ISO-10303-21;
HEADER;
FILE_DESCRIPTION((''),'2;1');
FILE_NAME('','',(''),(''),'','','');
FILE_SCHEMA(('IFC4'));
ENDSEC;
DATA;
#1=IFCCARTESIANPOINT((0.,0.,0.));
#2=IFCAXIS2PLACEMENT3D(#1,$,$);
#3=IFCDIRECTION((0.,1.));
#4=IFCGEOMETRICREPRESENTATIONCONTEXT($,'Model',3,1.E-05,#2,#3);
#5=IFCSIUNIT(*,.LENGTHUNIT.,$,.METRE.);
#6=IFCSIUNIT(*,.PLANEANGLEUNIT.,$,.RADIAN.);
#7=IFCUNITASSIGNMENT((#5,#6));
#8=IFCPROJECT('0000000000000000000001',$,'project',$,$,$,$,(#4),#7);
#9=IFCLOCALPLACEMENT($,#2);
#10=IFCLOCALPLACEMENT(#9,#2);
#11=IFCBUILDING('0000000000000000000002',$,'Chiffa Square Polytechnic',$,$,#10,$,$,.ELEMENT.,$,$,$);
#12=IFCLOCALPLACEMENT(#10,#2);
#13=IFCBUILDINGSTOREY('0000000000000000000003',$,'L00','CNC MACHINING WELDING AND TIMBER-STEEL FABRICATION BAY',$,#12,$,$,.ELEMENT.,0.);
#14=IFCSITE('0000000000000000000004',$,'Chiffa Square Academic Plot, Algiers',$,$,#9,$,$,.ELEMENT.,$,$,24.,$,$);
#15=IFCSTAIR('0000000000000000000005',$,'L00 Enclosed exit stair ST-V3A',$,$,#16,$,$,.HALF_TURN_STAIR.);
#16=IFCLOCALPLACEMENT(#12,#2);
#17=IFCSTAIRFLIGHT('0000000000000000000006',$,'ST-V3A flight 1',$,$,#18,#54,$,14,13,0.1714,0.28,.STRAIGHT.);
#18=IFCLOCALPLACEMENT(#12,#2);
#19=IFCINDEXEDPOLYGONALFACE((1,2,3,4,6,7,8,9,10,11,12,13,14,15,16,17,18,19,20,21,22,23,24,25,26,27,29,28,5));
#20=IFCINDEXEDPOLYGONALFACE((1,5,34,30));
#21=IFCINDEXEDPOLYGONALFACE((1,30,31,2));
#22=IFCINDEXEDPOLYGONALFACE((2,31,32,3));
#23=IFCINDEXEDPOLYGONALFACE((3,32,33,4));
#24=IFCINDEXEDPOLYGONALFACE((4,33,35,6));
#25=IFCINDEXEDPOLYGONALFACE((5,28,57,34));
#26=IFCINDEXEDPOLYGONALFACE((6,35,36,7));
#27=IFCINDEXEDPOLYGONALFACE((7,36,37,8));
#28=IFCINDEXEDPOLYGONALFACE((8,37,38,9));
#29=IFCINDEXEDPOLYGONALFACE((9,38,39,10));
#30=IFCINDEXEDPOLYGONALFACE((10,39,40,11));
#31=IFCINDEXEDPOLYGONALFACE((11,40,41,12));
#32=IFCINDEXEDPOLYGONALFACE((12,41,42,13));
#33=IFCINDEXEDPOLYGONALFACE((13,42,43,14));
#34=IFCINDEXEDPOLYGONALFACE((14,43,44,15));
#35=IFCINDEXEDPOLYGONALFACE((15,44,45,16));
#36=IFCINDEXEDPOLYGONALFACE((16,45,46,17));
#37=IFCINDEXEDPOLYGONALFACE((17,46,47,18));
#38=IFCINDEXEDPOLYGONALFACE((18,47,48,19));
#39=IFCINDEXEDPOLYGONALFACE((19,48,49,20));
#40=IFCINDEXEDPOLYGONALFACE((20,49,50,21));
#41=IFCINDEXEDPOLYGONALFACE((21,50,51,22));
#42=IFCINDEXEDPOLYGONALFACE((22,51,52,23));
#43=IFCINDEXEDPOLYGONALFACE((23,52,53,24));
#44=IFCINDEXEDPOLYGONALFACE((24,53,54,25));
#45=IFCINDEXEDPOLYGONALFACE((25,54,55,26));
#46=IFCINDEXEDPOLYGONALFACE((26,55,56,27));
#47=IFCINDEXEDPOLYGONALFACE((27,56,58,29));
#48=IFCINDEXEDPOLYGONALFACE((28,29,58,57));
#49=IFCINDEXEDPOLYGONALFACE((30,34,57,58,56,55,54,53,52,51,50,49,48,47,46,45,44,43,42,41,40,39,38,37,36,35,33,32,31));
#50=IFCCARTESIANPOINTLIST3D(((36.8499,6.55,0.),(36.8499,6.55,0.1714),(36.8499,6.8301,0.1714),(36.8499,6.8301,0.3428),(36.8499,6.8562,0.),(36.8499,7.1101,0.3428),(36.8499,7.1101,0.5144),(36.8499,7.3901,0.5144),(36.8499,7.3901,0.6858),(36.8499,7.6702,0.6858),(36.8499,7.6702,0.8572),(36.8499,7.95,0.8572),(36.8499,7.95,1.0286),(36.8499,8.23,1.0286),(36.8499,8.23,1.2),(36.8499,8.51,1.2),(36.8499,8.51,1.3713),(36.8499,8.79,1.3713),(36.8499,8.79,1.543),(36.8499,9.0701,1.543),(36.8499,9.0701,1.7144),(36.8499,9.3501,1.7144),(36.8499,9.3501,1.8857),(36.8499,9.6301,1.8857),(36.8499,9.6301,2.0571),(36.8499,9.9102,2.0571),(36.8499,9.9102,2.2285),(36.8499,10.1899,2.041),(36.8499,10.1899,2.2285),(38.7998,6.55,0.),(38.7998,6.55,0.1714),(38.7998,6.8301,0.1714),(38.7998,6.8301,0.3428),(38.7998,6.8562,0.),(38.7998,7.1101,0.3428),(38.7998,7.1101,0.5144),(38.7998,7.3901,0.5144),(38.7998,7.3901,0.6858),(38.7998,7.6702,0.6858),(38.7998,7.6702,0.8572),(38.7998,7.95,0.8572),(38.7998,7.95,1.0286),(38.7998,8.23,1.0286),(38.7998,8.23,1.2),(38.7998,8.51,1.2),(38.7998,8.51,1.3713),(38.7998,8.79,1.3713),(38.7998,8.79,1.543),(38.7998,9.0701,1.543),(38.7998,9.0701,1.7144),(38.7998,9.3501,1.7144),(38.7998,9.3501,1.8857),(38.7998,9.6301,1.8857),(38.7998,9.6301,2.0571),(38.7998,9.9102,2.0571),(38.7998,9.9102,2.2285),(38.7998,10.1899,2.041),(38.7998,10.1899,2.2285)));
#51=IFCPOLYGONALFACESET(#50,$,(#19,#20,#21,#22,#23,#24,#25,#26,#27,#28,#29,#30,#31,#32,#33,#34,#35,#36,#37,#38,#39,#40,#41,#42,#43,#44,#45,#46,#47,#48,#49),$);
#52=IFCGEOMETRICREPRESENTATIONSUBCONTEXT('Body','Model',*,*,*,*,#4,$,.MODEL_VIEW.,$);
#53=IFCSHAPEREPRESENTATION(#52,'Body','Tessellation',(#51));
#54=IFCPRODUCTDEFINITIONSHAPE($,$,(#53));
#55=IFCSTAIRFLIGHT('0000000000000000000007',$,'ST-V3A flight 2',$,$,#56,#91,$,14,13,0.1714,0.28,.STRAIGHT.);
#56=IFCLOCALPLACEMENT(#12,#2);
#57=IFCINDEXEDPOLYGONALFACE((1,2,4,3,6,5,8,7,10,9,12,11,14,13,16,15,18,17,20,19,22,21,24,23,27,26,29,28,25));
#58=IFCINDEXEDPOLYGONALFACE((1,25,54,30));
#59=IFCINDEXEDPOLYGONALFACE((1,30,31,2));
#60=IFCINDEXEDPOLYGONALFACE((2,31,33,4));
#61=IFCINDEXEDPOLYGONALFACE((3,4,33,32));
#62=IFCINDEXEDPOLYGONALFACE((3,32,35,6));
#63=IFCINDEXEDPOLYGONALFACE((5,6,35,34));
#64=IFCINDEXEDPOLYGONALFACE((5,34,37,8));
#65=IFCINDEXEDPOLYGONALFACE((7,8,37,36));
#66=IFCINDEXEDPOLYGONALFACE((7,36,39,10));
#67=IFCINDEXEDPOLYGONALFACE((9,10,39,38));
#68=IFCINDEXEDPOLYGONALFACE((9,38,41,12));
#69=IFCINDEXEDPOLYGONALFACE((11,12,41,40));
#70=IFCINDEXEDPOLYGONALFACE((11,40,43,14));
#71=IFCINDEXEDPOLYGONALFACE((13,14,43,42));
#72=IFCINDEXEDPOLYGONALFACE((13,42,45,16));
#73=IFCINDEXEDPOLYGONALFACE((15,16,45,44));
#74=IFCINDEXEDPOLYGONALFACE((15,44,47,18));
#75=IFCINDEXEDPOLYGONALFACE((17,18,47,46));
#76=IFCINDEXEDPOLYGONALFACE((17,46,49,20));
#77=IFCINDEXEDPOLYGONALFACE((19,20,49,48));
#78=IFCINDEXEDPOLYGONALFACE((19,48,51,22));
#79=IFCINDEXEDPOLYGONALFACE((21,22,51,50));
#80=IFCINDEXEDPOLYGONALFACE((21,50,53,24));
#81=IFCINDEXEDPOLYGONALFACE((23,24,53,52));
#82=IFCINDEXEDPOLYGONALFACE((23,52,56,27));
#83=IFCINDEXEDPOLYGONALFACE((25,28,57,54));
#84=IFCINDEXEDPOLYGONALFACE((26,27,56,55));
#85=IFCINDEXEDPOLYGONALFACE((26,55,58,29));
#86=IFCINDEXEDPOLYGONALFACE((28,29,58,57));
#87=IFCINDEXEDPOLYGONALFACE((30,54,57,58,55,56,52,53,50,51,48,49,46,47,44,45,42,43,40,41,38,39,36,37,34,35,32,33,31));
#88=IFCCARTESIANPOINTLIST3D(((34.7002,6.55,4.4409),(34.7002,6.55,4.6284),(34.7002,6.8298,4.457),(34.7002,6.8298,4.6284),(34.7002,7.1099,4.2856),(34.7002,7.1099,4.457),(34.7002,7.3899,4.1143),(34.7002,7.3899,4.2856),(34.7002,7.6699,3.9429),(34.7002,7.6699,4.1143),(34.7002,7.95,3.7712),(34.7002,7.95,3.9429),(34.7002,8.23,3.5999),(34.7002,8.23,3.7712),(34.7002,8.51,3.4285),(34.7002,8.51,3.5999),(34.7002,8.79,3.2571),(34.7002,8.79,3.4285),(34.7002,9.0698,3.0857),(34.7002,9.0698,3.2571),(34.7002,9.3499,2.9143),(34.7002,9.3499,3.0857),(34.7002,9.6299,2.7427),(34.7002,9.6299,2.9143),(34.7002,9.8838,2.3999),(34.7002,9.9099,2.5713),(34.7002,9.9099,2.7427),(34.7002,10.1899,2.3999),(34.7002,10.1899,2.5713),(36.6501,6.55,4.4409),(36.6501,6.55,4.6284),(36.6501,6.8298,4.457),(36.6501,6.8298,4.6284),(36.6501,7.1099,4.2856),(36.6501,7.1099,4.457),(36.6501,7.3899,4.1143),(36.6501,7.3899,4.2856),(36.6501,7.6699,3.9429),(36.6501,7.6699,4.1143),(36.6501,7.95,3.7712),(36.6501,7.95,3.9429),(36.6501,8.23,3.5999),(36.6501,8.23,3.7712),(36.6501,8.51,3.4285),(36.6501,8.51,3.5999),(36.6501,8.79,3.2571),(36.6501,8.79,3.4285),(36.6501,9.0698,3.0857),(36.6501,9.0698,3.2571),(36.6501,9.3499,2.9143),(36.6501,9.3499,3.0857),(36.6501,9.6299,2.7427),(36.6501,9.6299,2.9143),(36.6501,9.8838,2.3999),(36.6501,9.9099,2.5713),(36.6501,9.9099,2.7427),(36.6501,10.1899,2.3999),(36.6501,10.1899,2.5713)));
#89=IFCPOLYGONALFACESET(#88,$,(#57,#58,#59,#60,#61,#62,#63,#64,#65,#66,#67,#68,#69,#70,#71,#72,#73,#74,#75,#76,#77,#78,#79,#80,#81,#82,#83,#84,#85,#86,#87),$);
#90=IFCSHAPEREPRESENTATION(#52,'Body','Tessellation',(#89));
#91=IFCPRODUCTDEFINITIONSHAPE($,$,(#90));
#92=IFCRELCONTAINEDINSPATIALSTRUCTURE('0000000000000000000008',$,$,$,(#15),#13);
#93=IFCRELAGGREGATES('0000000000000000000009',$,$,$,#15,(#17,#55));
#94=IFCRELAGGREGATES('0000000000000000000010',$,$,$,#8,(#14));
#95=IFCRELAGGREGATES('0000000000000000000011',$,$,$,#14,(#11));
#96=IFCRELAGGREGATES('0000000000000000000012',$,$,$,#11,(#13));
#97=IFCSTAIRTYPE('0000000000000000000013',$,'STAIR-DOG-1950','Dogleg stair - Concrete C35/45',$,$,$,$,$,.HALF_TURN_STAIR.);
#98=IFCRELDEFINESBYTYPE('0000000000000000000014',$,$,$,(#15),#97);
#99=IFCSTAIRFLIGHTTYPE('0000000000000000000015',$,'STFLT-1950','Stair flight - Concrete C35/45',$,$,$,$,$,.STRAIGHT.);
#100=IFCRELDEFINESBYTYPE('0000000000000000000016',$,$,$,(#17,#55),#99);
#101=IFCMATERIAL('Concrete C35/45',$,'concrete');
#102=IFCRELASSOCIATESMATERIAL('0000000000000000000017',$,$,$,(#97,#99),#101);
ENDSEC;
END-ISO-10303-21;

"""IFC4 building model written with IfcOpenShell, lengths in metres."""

from ifc_helpers import new_model, si_unit, direction, frame, origin, place, context, subcontext, project, spatial, polyline, outline, extrude, material, type_object, element, aggregate, save


model = new_model("IFC4")

# Units and contexts
model_context = context("Model", 3, precision=1e-05, world=origin(), true_north=direction((0.0, 1.0)))
body_context = subcontext(model_context, "Body", "Model", "MODEL_VIEW")
ifc_project = project(units=[si_unit("LENGTHUNIT", "METRE"), si_unit("PLANEANGLEUNIT", "RADIAN")], contexts=[model_context])

# Site, building, storey
site_placement = place(None, origin())
site = spatial("IfcSite", under=ifc_project, at=site_placement, Name="Chiffa Square Academic Plot, Algiers", CompositionType="ELEMENT", RefElevation=24.0)
building_placement = place(site_placement, origin())
building = spatial("IfcBuilding", under=site, at=building_placement, Name="Chiffa Square Polytechnic", CompositionType="ELEMENT")
storey_placement = place(building_placement, origin())
storey = spatial("IfcBuildingStorey", under=building, at=storey_placement, Name="L00", Description="CNC MACHINING WELDING AND TIMBER-STEEL FABRICATION BAY", CompositionType="ELEMENT", Elevation=0.0)

# Shared definitions
ifc_material_1 = material(Name="Concrete C35/45", Category="concrete")

# Stair, stair flights
stair_type = type_object("IfcStairType", Name="STAIR-DOG-1950", Description="Dogleg stair - Concrete C35/45", PredefinedType="HALF_TURN_STAIR", material=ifc_material_1)
stair_placement = place(storey_placement, origin())
stair = element("IfcStair", 1, at=stair_placement, inside=storey, type_object=stair_type, Name="L00 Enclosed exit stair ST-V3A", PredefinedType="HALF_TURN_STAIR")
stair_flight_type = type_object("IfcStairFlightType", Name="STFLT-1950", Description="Stair flight - Concrete C35/45", PredefinedType="STRAIGHT", material=ifc_material_1)
stair_flight_1_placement = place(storey_placement, frame((37.825, 6.55, 0.0), z_axis=(0.0, 0.0, 1.0), x_axis=(0.0, 1.0, 0.0)))
stair_flight_1 = element("IfcStairFlight", 2, at=stair_flight_1_placement, type_object=stair_flight_type, Name="ST-V3A flight 1", NumberOfRisers=14, NumberOfTreads=13, PredefinedType="STRAIGHT", RiserHeight=0.1714, TreadLength=0.28, context=body_context, shape_type="SweptSolid", body=[
    extrude(outline(polyline([(0.0, 0.0), (0.0, 0.1714), (0.28, 0.1714), (0.28, 0.3428), (0.5601, 0.3428), (0.5601, 0.5144), (0.8401, 0.5144), (0.8401, 0.6858), (1.1201, 0.6858), (1.1201, 0.8572), (1.3999, 0.8572), (1.3999, 1.0286), (1.6799, 1.0286), (1.6799, 1.2), (1.96, 1.2), (1.96, 1.3713), (2.24, 1.3713), (2.24, 1.543), (2.52, 1.543), (2.52, 1.7144), (2.8, 1.7144), (2.8, 1.8857), (3.0801, 1.8857), (3.0801, 2.0571), (3.3601, 2.0571), (3.3601, 2.2285), (3.6399, 2.2285), (3.6399, 2.3999), (3.6399, 2.041), (0.3062, 0.0), (0.0, 0.0)])), frame((0.0, 0.9751, 0.0), z_axis=(0.0, -1.0, 0.0), x_axis=(1.0, 0.0, 0.0)), (0.0, 0.0, 1.0), 1.95),
])
stair_flight_2_placement = place(storey_placement, frame((35.675, 10.1899, 2.3999), z_axis=(0.0, 0.0, 1.0), x_axis=(0.0, -1.0, 0.0)))
stair_flight_2 = element("IfcStairFlight", 3, at=stair_flight_2_placement, type_object=stair_flight_type, Name="ST-V3A flight 2", NumberOfRisers=14, NumberOfTreads=13, PredefinedType="STRAIGHT", RiserHeight=0.1714, TreadLength=0.28, context=body_context, shape_type="SweptSolid", body=[
    extrude(outline(polyline([(0.0, 0.0), (0.0, 0.1714), (0.28, 0.1714), (0.28, 0.3428), (0.5601, 0.3428), (0.5601, 0.5144), (0.8401, 0.5144), (0.8401, 0.6858), (1.1201, 0.6858), (1.1201, 0.8572), (1.3999, 0.8572), (1.3999, 1.0286), (1.6799, 1.0286), (1.6799, 1.2), (1.96, 1.2), (1.96, 1.3713), (2.24, 1.3713), (2.24, 1.543), (2.52, 1.543), (2.52, 1.7144), (2.8, 1.7144), (2.8, 1.8857), (3.0801, 1.8857), (3.0801, 2.0571), (3.3601, 2.0571), (3.3601, 2.2285), (3.6399, 2.2285), (3.6399, 2.3999), (3.6399, 2.041), (0.3062, 0.0), (0.0, 0.0)])), frame((0.0, 0.9751, 0.0), z_axis=(0.0, -1.0, 0.0), x_axis=(1.0, 0.0, 0.0)), (0.0, 0.0, 1.0), 1.95),
])
aggregate(stair, [stair_flight_1, stair_flight_2])

save(model, "model.ifc")
